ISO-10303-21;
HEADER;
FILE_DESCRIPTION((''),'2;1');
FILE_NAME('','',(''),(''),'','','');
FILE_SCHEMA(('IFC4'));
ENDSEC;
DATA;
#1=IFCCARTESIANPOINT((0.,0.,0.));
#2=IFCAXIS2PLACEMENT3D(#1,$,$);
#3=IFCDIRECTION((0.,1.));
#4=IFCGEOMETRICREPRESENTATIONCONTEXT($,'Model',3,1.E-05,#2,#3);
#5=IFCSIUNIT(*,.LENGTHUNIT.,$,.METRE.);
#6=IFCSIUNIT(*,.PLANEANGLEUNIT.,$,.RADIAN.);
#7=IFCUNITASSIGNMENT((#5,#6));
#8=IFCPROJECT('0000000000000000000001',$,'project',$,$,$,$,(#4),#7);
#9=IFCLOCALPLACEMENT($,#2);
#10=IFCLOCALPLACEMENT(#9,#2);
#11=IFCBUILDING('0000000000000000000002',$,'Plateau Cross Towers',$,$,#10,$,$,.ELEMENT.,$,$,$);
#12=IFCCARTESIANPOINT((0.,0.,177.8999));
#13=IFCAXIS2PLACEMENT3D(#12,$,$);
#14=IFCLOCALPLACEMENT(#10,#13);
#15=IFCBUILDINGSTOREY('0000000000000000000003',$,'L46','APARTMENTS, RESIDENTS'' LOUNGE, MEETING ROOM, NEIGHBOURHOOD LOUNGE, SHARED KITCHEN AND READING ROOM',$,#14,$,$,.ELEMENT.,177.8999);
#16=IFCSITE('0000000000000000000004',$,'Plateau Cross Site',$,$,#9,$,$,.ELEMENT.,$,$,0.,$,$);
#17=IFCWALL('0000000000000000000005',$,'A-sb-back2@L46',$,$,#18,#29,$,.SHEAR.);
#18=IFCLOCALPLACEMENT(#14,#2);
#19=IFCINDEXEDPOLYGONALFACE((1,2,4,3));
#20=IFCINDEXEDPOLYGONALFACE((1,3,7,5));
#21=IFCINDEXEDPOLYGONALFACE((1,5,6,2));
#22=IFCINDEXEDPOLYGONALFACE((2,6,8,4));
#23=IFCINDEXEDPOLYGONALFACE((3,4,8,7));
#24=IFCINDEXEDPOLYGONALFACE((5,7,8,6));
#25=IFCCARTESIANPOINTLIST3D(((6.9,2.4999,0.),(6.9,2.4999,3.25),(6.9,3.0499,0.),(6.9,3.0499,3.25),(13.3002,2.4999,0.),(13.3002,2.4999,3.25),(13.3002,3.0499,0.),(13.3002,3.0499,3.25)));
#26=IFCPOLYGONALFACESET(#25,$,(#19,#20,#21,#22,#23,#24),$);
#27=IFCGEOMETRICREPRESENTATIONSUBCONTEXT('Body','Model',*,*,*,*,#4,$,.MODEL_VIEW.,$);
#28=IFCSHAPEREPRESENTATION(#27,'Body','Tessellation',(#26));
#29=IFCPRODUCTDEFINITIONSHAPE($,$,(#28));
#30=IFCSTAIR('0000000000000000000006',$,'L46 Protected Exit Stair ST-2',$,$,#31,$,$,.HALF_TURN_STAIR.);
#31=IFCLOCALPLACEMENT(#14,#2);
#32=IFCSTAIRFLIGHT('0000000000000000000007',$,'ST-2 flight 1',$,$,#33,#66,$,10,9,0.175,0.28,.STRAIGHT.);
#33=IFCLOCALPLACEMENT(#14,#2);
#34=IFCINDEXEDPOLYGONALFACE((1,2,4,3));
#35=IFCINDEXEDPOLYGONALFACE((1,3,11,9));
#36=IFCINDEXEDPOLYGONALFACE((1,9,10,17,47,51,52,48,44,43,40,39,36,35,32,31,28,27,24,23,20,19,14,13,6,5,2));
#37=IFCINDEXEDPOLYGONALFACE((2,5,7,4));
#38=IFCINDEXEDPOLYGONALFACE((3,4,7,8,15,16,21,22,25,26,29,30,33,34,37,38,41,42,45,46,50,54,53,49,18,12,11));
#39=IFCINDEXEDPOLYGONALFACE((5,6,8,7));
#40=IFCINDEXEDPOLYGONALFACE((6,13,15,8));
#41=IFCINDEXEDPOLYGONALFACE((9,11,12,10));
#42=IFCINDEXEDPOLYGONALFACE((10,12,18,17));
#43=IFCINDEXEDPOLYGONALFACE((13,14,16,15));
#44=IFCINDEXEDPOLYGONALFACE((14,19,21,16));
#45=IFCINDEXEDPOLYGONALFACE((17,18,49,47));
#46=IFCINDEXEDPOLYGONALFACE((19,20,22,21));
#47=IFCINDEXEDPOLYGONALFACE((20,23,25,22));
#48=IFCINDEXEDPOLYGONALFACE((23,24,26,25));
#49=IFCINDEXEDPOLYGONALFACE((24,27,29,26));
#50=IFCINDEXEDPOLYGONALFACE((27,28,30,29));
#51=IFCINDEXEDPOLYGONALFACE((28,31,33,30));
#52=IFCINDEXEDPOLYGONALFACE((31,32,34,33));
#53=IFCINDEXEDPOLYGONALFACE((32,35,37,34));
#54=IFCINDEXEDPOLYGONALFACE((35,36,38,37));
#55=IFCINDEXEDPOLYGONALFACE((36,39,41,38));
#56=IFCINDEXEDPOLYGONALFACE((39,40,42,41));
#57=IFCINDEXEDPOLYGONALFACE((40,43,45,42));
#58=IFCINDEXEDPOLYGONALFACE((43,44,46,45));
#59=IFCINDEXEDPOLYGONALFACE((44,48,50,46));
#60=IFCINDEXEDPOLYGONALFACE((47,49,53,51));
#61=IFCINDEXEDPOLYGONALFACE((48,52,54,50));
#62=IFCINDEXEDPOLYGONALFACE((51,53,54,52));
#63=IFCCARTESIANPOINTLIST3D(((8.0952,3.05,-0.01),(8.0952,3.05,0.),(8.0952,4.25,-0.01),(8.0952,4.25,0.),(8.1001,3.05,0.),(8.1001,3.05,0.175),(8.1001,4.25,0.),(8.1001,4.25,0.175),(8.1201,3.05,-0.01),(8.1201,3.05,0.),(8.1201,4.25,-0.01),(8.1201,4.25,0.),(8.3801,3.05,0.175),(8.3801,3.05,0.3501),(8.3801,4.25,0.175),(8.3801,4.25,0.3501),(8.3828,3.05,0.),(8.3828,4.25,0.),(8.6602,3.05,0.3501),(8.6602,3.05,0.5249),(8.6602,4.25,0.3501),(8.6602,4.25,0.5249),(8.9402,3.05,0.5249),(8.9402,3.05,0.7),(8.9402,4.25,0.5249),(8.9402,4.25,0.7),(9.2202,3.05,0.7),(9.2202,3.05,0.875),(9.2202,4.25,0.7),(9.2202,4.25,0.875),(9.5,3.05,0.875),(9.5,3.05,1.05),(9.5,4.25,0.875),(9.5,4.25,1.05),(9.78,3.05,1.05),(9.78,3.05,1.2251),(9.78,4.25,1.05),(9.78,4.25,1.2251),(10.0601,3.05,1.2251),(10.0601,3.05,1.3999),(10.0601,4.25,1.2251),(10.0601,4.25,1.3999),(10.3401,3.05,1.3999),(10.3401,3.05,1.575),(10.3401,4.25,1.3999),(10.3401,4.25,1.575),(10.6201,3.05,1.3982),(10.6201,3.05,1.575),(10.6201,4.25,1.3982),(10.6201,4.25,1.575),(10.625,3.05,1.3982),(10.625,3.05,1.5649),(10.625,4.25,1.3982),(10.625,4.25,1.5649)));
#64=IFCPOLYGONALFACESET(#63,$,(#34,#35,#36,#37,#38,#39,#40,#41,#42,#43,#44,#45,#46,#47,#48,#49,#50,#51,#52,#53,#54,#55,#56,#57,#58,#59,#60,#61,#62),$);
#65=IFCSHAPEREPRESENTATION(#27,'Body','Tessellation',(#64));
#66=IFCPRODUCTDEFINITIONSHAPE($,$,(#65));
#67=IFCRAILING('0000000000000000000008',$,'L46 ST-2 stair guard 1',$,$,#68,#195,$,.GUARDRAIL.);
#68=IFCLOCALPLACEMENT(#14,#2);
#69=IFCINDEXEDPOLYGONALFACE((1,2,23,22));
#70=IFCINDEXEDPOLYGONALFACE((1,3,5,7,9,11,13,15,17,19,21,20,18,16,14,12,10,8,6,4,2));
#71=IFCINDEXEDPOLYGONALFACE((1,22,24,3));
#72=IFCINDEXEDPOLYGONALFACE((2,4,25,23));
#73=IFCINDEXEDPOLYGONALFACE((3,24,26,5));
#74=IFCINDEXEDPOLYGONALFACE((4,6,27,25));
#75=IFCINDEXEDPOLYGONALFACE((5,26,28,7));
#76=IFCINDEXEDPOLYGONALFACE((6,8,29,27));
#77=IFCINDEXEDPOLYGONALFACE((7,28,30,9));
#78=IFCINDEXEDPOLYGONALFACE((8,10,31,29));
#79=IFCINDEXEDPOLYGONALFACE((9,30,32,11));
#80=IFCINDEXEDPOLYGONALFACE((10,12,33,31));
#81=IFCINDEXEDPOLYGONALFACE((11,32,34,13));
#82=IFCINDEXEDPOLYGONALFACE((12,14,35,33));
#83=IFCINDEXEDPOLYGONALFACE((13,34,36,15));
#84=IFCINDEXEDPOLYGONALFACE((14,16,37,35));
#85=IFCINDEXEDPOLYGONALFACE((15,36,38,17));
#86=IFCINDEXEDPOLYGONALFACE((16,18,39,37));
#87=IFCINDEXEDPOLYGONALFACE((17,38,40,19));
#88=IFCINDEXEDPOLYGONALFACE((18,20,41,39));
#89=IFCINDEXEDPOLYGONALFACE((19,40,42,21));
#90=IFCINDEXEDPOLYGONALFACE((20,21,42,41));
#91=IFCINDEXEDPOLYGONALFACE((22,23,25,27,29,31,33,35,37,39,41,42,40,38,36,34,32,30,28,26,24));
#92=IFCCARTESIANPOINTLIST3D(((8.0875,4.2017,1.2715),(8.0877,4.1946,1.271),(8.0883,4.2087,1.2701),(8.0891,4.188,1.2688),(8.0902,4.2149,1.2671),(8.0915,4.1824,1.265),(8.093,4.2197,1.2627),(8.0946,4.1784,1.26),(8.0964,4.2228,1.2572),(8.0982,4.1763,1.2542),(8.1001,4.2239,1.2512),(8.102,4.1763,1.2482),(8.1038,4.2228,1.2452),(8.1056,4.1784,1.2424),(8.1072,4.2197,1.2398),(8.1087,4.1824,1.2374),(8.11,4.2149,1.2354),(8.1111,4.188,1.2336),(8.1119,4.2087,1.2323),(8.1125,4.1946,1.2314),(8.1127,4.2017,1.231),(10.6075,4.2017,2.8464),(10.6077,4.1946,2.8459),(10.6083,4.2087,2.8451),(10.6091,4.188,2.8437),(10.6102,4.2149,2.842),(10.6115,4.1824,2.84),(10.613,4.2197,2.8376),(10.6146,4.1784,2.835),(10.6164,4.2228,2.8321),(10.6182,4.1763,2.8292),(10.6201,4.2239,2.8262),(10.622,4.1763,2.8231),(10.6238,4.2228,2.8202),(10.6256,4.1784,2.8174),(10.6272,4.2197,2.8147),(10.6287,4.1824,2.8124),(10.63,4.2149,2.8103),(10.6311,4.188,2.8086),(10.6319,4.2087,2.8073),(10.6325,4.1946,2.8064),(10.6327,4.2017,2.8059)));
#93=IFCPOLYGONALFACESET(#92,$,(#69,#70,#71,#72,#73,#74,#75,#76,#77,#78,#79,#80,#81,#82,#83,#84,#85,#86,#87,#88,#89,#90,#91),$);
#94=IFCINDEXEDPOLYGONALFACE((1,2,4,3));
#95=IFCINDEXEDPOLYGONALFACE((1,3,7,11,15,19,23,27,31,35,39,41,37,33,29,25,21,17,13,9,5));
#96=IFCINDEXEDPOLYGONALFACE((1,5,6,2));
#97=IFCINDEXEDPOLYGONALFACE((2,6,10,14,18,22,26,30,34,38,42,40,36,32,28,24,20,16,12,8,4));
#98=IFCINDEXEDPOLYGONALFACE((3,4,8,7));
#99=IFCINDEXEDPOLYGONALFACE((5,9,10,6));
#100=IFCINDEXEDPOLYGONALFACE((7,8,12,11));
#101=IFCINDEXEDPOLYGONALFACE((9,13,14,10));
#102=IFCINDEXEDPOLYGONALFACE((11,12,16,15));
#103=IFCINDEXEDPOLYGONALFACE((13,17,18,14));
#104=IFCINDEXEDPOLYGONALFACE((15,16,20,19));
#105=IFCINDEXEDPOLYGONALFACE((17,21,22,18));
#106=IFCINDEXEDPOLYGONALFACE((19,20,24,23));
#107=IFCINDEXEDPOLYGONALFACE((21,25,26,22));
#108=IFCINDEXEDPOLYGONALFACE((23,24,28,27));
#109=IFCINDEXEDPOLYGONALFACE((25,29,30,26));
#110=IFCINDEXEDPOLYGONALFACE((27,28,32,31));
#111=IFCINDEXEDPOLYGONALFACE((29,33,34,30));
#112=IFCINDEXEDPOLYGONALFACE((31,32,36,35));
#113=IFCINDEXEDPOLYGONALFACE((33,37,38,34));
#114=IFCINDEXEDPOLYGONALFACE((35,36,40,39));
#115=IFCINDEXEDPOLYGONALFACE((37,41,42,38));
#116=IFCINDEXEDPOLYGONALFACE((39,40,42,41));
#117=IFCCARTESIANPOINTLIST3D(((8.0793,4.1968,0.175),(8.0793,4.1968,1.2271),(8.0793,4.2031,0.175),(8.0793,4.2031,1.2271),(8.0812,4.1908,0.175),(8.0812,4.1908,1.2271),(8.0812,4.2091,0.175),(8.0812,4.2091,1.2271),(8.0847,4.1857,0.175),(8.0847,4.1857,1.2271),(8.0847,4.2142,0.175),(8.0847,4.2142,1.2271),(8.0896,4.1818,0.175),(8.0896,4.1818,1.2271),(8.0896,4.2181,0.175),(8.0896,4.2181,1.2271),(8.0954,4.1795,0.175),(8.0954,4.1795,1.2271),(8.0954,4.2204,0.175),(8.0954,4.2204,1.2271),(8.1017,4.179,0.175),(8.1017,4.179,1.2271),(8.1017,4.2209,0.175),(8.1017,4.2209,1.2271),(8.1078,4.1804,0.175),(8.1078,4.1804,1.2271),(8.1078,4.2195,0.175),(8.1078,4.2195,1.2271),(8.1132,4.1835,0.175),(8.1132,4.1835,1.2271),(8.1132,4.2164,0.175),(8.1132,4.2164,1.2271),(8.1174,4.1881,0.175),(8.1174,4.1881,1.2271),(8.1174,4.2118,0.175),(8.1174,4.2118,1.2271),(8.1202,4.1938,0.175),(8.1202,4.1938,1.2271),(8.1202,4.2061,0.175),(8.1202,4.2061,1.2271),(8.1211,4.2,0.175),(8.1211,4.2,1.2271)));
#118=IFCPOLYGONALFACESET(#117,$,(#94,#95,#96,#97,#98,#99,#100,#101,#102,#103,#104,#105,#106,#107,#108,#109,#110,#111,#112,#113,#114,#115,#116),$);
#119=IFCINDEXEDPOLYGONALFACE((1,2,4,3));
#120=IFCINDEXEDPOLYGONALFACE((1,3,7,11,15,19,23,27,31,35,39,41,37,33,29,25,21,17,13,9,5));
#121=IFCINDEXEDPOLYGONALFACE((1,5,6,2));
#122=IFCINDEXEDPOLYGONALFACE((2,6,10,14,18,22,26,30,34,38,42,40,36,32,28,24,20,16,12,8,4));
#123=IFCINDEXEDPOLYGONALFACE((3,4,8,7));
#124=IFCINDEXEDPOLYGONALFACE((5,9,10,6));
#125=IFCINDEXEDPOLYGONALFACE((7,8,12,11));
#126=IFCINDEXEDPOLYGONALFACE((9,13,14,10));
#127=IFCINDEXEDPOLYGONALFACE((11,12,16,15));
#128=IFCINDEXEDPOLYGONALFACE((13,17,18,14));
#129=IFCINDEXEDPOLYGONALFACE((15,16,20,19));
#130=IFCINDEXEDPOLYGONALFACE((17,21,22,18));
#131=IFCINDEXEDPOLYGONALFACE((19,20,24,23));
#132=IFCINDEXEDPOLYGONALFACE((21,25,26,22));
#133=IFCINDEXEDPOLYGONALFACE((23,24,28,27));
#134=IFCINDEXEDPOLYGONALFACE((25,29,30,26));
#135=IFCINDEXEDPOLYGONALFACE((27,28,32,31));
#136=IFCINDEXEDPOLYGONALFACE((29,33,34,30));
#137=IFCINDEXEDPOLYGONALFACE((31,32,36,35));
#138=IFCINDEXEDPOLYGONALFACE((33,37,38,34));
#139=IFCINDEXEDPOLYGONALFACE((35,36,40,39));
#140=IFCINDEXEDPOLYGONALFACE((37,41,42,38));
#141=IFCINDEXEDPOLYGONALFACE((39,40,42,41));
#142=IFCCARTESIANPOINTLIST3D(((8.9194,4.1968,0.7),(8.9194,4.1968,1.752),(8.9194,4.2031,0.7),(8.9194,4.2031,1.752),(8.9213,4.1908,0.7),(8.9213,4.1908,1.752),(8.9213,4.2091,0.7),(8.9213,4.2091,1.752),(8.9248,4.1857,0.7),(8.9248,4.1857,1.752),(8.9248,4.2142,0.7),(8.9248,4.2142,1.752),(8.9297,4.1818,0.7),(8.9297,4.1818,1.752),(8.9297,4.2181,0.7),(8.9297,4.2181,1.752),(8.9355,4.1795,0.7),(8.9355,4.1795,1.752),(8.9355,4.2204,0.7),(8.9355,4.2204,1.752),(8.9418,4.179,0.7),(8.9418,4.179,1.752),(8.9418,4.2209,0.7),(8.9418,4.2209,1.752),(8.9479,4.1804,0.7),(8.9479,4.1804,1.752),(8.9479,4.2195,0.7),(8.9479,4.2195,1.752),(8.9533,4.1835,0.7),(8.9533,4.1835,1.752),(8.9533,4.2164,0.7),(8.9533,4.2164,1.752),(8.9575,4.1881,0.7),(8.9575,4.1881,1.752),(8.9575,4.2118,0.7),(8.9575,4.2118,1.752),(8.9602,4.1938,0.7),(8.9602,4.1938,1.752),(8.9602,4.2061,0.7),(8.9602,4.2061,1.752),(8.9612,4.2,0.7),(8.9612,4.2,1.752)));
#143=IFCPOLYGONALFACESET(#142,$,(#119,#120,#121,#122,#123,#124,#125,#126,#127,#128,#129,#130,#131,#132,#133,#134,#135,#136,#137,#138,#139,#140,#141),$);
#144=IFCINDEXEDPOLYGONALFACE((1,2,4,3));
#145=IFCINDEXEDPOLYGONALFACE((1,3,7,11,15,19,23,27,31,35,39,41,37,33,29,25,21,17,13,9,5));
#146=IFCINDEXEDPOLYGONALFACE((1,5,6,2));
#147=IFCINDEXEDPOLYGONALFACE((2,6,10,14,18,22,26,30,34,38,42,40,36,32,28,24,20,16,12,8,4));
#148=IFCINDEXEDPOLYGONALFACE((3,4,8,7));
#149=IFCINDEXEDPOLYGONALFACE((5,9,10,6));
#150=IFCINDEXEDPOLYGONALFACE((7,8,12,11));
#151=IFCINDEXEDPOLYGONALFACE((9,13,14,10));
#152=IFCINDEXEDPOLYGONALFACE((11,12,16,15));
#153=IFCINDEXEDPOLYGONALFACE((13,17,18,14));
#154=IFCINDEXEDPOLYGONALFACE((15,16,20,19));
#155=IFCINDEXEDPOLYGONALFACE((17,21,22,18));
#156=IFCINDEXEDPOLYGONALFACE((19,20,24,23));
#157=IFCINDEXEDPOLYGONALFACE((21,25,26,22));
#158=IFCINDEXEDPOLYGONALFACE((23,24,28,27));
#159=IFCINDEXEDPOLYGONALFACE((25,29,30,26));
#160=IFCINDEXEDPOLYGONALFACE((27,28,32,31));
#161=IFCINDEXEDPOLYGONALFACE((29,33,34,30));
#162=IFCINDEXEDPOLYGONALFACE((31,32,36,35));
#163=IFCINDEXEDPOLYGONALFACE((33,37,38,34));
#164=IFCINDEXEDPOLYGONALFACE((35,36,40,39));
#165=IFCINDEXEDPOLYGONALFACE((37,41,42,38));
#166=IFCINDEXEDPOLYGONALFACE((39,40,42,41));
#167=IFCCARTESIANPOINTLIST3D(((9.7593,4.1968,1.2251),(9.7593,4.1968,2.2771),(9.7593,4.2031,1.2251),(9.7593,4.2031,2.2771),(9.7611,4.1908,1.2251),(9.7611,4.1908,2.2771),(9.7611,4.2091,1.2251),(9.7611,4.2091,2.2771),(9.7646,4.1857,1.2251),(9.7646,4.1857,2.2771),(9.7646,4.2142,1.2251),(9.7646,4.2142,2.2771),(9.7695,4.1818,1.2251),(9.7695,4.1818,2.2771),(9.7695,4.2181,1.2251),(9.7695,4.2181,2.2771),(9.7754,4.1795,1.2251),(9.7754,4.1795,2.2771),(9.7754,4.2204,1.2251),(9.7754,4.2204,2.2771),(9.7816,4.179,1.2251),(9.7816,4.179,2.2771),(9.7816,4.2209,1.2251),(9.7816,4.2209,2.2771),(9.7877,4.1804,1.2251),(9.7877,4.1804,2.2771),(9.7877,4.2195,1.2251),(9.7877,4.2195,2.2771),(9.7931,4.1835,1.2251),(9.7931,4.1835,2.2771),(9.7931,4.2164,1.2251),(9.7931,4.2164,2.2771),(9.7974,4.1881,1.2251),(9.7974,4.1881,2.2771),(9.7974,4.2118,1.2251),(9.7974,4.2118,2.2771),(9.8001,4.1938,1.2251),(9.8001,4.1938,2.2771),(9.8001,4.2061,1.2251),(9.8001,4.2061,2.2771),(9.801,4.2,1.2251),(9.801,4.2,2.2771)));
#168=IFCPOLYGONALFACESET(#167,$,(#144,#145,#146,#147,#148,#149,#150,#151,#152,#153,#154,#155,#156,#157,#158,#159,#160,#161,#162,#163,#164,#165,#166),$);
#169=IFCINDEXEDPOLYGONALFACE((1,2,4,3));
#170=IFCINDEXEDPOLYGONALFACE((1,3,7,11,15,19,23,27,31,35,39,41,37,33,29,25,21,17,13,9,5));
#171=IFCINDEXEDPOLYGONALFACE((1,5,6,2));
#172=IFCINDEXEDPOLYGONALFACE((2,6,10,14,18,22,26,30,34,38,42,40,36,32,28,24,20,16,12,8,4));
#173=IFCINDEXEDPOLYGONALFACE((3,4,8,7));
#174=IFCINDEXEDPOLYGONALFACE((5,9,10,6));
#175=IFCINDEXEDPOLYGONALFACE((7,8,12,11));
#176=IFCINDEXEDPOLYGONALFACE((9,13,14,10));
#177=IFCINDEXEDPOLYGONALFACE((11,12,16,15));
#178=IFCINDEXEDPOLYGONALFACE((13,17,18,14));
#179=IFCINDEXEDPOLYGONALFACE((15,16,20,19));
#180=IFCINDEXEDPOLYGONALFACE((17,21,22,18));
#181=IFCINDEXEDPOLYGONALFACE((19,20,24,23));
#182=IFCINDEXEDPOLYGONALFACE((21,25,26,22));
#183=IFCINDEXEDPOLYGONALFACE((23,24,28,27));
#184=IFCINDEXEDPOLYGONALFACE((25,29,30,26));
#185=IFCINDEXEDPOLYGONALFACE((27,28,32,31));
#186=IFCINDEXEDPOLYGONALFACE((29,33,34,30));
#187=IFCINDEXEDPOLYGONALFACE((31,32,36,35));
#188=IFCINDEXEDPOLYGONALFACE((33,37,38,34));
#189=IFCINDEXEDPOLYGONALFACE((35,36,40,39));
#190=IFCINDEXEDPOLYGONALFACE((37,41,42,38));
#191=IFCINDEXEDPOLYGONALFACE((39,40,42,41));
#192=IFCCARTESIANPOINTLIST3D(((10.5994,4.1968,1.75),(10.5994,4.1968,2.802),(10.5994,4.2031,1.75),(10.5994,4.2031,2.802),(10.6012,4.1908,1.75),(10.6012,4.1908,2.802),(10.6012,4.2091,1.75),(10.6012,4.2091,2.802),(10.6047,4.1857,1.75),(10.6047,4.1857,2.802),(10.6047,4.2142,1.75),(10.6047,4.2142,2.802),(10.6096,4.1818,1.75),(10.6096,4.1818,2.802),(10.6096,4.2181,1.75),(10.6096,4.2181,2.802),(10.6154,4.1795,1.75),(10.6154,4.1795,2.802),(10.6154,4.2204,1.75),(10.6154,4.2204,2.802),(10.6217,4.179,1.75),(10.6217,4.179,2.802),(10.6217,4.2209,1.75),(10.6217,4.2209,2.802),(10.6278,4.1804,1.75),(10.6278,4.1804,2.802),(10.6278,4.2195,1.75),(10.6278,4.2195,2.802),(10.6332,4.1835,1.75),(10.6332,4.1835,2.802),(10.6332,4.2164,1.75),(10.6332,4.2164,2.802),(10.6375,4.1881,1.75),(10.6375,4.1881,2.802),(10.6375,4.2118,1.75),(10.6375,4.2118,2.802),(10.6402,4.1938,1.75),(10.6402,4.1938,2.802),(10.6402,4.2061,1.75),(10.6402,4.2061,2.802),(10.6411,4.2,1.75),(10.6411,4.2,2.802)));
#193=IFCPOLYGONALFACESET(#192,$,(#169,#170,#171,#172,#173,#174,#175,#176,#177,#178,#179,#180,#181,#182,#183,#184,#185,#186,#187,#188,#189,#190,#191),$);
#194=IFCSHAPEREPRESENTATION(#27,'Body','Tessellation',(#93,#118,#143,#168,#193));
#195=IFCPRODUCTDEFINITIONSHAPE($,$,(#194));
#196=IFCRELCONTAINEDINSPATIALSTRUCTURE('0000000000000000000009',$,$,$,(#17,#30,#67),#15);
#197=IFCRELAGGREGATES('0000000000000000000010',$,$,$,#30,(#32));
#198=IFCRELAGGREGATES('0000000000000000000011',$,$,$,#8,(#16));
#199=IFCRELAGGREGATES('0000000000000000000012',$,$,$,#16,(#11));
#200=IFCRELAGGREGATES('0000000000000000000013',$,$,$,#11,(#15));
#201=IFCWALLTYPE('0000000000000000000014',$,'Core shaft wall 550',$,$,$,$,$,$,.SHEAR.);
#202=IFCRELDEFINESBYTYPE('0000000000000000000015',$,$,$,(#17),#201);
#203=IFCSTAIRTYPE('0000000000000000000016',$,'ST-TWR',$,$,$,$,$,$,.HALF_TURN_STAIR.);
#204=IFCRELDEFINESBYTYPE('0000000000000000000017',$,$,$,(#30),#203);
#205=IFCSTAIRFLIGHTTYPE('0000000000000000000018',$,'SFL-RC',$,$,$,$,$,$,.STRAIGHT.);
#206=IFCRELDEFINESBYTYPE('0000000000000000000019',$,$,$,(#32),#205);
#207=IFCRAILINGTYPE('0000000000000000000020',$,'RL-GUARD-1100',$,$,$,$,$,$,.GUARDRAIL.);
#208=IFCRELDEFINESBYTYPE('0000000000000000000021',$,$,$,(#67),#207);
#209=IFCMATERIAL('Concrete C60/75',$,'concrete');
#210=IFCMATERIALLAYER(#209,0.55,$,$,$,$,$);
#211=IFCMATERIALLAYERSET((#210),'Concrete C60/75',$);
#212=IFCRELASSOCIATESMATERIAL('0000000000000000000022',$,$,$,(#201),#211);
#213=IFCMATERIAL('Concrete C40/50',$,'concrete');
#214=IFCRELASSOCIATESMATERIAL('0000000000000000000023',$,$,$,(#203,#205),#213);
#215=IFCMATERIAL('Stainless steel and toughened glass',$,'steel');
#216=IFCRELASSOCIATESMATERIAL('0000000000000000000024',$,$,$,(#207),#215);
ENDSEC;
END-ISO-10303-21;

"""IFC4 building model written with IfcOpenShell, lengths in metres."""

from ifc_helpers import new_model, si_unit, direction, frame, frame_2d, origin, origin_2d, place, context, subcontext, project, spatial, polyline, rectangle, circle, outline, extrude, material, layer, layer_set, type_object, element, aggregate, save


model = new_model("IFC4")

# Units and contexts
model_context = context("Model", 3, precision=1e-05, world=origin(), true_north=direction((0.0, 1.0)))
body_context = subcontext(model_context, "Body", "Model", "MODEL_VIEW")
ifc_project = project(units=[si_unit("LENGTHUNIT", "METRE"), si_unit("PLANEANGLEUNIT", "RADIAN")], contexts=[model_context])

# Site, building, storey
site_placement = place(None, origin())
site = spatial("IfcSite", under=ifc_project, at=site_placement, Name="Plateau Cross Site", CompositionType="ELEMENT", RefElevation=0.0)
building_placement = place(site_placement, origin())
building = spatial("IfcBuilding", under=site, at=building_placement, Name="Plateau Cross Towers", CompositionType="ELEMENT")
storey_placement = place(building_placement, frame((0.0, 0.0, 177.8999)))
storey = spatial("IfcBuildingStorey", under=building, at=storey_placement, Name="L46", Description="APARTMENTS, RESIDENTS' LOUNGE, MEETING ROOM, NEIGHBOURHOOD LOUNGE, SHARED KITCHEN AND READING ROOM", CompositionType="ELEMENT", Elevation=177.8999)

# Wall
ifc_material_1 = material(Name="Concrete C60/75", Category="concrete")
ifc_layer_1 = layer(ifc_material_1, 0.55)
ifc_layer_set_1 = layer_set([ifc_layer_1], Name="Concrete C60/75")
wall_type_1 = type_object("IfcWallType", Name="Core shaft wall 550", PredefinedType="SHEAR", material=ifc_layer_set_1)
wall_1_placement = place(storey_placement, frame((6.8999, 2.7749, 0.0), z_axis=(0.0, 0.0, 1.0), x_axis=(1.0, 0.0, 0.0)))
element("IfcWall", 1, at=wall_1_placement, inside=storey, type_object=wall_type_1, Name="A-sb-back2@L46", PredefinedType="SHEAR", context=body_context, shape_type="SweptSolid", body=[
    extrude(rectangle(XDim=6.4001, YDim=0.55, at=frame_2d((3.2002, 0.0))), origin(), (0.0, 0.0, 1.0), 3.25),
])

# Stair, stair flight
ifc_material_2 = material(Name="Concrete C40/50", Category="concrete")
stair_type = type_object("IfcStairType", Name="ST-TWR", PredefinedType="HALF_TURN_STAIR", material=ifc_material_2)
stair_placement = place(storey_placement, origin())
stair = element("IfcStair", 2, at=stair_placement, inside=storey, type_object=stair_type, Name="L46 Protected Exit Stair ST-2", PredefinedType="HALF_TURN_STAIR")
stair_flight_type = type_object("IfcStairFlightType", Name="SFL-RC", PredefinedType="STRAIGHT", material=ifc_material_2)
stair_flight_placement = place(storey_placement, frame((8.1001, 3.6499, 0.0), z_axis=(0.0, 0.0, 1.0), x_axis=(1.0, 0.0, 0.0)))
stair_flight = element("IfcStairFlight", 3, at=stair_flight_placement, type_object=stair_flight_type, Name="ST-2 flight 1", NumberOfRisers=10, NumberOfTreads=9, PredefinedType="STRAIGHT", RiserHeight=0.175, TreadLength=0.28, context=body_context, shape_type="SweptSolid", body=[
    extrude(outline(polyline([(-0.0049, -0.01), (-0.0049, 0.0), (0.0, 0.0), (0.0, 0.175), (0.28, 0.175), (0.28, 0.3501), (0.5601, 0.3501), (0.5601, 0.5249), (0.8401, 0.5249), (0.8401, 0.7), (1.1201, 0.7), (1.1201, 0.875), (1.3999, 0.875), (1.3999, 1.05), (1.6799, 1.05), (1.6799, 1.2251), (1.96, 1.2251), (1.96, 1.3999), (2.24, 1.3999), (2.24, 1.575), (2.52, 1.575), (2.5249, 1.5649), (2.5249, 1.3982), (2.52, 1.3982), (0.2827, 0.0), (0.02, 0.0), (0.02, -0.01), (-0.0049, -0.01)])), frame((0.0, 0.6001, 0.0), z_axis=(0.0, -1.0, 0.0), x_axis=(1.0, 0.0, 0.0)), (0.0, 0.0, 1.0), 1.2),
])
aggregate(stair, [stair_flight])

# Railing
ifc_material_3 = material(Name="Stainless steel and toughened glass", Category="steel")
railing_type_1 = type_object("IfcRailingType", Name="RL-GUARD-1100", PredefinedType="GUARDRAIL", material=ifc_material_3)
railing_1_placement = place(storey_placement, frame((8.1001, 4.2, 0.175)))
element("IfcRailing", 4, at=railing_1_placement, inside=storey, type_object=railing_type_1, Name="L46 ST-2 stair guard 1", PredefinedType="GUARDRAIL", context=body_context, shape_type="SweptSolid", body=[
    extrude(circle(Radius=0.0239, at=origin_2d()), frame((0.0, 0.0, 1.0762), z_axis=(0.848008, 0.0, 0.529984), x_axis=(0.0, 1.0, 0.0)), (0.0, 0.0, 1.0), 2.9717),
    extrude(circle(Radius=0.021, at=origin_2d()), origin(), (0.0, 0.0, 1.0), 1.052),
    extrude(circle(Radius=0.021, at=origin_2d()), frame((0.8401, 0.0, 0.5249)), (0.0, 0.0, 1.0), 1.052),
    extrude(circle(Radius=0.021, at=origin_2d()), frame((1.6799, 0.0, 1.05)), (0.0, 0.0, 1.0), 1.052),
    extrude(circle(Radius=0.021, at=origin_2d()), frame((2.52, 0.0, 1.575)), (0.0, 0.0, 1.0), 1.052),
])

save(model, "model.ifc")
